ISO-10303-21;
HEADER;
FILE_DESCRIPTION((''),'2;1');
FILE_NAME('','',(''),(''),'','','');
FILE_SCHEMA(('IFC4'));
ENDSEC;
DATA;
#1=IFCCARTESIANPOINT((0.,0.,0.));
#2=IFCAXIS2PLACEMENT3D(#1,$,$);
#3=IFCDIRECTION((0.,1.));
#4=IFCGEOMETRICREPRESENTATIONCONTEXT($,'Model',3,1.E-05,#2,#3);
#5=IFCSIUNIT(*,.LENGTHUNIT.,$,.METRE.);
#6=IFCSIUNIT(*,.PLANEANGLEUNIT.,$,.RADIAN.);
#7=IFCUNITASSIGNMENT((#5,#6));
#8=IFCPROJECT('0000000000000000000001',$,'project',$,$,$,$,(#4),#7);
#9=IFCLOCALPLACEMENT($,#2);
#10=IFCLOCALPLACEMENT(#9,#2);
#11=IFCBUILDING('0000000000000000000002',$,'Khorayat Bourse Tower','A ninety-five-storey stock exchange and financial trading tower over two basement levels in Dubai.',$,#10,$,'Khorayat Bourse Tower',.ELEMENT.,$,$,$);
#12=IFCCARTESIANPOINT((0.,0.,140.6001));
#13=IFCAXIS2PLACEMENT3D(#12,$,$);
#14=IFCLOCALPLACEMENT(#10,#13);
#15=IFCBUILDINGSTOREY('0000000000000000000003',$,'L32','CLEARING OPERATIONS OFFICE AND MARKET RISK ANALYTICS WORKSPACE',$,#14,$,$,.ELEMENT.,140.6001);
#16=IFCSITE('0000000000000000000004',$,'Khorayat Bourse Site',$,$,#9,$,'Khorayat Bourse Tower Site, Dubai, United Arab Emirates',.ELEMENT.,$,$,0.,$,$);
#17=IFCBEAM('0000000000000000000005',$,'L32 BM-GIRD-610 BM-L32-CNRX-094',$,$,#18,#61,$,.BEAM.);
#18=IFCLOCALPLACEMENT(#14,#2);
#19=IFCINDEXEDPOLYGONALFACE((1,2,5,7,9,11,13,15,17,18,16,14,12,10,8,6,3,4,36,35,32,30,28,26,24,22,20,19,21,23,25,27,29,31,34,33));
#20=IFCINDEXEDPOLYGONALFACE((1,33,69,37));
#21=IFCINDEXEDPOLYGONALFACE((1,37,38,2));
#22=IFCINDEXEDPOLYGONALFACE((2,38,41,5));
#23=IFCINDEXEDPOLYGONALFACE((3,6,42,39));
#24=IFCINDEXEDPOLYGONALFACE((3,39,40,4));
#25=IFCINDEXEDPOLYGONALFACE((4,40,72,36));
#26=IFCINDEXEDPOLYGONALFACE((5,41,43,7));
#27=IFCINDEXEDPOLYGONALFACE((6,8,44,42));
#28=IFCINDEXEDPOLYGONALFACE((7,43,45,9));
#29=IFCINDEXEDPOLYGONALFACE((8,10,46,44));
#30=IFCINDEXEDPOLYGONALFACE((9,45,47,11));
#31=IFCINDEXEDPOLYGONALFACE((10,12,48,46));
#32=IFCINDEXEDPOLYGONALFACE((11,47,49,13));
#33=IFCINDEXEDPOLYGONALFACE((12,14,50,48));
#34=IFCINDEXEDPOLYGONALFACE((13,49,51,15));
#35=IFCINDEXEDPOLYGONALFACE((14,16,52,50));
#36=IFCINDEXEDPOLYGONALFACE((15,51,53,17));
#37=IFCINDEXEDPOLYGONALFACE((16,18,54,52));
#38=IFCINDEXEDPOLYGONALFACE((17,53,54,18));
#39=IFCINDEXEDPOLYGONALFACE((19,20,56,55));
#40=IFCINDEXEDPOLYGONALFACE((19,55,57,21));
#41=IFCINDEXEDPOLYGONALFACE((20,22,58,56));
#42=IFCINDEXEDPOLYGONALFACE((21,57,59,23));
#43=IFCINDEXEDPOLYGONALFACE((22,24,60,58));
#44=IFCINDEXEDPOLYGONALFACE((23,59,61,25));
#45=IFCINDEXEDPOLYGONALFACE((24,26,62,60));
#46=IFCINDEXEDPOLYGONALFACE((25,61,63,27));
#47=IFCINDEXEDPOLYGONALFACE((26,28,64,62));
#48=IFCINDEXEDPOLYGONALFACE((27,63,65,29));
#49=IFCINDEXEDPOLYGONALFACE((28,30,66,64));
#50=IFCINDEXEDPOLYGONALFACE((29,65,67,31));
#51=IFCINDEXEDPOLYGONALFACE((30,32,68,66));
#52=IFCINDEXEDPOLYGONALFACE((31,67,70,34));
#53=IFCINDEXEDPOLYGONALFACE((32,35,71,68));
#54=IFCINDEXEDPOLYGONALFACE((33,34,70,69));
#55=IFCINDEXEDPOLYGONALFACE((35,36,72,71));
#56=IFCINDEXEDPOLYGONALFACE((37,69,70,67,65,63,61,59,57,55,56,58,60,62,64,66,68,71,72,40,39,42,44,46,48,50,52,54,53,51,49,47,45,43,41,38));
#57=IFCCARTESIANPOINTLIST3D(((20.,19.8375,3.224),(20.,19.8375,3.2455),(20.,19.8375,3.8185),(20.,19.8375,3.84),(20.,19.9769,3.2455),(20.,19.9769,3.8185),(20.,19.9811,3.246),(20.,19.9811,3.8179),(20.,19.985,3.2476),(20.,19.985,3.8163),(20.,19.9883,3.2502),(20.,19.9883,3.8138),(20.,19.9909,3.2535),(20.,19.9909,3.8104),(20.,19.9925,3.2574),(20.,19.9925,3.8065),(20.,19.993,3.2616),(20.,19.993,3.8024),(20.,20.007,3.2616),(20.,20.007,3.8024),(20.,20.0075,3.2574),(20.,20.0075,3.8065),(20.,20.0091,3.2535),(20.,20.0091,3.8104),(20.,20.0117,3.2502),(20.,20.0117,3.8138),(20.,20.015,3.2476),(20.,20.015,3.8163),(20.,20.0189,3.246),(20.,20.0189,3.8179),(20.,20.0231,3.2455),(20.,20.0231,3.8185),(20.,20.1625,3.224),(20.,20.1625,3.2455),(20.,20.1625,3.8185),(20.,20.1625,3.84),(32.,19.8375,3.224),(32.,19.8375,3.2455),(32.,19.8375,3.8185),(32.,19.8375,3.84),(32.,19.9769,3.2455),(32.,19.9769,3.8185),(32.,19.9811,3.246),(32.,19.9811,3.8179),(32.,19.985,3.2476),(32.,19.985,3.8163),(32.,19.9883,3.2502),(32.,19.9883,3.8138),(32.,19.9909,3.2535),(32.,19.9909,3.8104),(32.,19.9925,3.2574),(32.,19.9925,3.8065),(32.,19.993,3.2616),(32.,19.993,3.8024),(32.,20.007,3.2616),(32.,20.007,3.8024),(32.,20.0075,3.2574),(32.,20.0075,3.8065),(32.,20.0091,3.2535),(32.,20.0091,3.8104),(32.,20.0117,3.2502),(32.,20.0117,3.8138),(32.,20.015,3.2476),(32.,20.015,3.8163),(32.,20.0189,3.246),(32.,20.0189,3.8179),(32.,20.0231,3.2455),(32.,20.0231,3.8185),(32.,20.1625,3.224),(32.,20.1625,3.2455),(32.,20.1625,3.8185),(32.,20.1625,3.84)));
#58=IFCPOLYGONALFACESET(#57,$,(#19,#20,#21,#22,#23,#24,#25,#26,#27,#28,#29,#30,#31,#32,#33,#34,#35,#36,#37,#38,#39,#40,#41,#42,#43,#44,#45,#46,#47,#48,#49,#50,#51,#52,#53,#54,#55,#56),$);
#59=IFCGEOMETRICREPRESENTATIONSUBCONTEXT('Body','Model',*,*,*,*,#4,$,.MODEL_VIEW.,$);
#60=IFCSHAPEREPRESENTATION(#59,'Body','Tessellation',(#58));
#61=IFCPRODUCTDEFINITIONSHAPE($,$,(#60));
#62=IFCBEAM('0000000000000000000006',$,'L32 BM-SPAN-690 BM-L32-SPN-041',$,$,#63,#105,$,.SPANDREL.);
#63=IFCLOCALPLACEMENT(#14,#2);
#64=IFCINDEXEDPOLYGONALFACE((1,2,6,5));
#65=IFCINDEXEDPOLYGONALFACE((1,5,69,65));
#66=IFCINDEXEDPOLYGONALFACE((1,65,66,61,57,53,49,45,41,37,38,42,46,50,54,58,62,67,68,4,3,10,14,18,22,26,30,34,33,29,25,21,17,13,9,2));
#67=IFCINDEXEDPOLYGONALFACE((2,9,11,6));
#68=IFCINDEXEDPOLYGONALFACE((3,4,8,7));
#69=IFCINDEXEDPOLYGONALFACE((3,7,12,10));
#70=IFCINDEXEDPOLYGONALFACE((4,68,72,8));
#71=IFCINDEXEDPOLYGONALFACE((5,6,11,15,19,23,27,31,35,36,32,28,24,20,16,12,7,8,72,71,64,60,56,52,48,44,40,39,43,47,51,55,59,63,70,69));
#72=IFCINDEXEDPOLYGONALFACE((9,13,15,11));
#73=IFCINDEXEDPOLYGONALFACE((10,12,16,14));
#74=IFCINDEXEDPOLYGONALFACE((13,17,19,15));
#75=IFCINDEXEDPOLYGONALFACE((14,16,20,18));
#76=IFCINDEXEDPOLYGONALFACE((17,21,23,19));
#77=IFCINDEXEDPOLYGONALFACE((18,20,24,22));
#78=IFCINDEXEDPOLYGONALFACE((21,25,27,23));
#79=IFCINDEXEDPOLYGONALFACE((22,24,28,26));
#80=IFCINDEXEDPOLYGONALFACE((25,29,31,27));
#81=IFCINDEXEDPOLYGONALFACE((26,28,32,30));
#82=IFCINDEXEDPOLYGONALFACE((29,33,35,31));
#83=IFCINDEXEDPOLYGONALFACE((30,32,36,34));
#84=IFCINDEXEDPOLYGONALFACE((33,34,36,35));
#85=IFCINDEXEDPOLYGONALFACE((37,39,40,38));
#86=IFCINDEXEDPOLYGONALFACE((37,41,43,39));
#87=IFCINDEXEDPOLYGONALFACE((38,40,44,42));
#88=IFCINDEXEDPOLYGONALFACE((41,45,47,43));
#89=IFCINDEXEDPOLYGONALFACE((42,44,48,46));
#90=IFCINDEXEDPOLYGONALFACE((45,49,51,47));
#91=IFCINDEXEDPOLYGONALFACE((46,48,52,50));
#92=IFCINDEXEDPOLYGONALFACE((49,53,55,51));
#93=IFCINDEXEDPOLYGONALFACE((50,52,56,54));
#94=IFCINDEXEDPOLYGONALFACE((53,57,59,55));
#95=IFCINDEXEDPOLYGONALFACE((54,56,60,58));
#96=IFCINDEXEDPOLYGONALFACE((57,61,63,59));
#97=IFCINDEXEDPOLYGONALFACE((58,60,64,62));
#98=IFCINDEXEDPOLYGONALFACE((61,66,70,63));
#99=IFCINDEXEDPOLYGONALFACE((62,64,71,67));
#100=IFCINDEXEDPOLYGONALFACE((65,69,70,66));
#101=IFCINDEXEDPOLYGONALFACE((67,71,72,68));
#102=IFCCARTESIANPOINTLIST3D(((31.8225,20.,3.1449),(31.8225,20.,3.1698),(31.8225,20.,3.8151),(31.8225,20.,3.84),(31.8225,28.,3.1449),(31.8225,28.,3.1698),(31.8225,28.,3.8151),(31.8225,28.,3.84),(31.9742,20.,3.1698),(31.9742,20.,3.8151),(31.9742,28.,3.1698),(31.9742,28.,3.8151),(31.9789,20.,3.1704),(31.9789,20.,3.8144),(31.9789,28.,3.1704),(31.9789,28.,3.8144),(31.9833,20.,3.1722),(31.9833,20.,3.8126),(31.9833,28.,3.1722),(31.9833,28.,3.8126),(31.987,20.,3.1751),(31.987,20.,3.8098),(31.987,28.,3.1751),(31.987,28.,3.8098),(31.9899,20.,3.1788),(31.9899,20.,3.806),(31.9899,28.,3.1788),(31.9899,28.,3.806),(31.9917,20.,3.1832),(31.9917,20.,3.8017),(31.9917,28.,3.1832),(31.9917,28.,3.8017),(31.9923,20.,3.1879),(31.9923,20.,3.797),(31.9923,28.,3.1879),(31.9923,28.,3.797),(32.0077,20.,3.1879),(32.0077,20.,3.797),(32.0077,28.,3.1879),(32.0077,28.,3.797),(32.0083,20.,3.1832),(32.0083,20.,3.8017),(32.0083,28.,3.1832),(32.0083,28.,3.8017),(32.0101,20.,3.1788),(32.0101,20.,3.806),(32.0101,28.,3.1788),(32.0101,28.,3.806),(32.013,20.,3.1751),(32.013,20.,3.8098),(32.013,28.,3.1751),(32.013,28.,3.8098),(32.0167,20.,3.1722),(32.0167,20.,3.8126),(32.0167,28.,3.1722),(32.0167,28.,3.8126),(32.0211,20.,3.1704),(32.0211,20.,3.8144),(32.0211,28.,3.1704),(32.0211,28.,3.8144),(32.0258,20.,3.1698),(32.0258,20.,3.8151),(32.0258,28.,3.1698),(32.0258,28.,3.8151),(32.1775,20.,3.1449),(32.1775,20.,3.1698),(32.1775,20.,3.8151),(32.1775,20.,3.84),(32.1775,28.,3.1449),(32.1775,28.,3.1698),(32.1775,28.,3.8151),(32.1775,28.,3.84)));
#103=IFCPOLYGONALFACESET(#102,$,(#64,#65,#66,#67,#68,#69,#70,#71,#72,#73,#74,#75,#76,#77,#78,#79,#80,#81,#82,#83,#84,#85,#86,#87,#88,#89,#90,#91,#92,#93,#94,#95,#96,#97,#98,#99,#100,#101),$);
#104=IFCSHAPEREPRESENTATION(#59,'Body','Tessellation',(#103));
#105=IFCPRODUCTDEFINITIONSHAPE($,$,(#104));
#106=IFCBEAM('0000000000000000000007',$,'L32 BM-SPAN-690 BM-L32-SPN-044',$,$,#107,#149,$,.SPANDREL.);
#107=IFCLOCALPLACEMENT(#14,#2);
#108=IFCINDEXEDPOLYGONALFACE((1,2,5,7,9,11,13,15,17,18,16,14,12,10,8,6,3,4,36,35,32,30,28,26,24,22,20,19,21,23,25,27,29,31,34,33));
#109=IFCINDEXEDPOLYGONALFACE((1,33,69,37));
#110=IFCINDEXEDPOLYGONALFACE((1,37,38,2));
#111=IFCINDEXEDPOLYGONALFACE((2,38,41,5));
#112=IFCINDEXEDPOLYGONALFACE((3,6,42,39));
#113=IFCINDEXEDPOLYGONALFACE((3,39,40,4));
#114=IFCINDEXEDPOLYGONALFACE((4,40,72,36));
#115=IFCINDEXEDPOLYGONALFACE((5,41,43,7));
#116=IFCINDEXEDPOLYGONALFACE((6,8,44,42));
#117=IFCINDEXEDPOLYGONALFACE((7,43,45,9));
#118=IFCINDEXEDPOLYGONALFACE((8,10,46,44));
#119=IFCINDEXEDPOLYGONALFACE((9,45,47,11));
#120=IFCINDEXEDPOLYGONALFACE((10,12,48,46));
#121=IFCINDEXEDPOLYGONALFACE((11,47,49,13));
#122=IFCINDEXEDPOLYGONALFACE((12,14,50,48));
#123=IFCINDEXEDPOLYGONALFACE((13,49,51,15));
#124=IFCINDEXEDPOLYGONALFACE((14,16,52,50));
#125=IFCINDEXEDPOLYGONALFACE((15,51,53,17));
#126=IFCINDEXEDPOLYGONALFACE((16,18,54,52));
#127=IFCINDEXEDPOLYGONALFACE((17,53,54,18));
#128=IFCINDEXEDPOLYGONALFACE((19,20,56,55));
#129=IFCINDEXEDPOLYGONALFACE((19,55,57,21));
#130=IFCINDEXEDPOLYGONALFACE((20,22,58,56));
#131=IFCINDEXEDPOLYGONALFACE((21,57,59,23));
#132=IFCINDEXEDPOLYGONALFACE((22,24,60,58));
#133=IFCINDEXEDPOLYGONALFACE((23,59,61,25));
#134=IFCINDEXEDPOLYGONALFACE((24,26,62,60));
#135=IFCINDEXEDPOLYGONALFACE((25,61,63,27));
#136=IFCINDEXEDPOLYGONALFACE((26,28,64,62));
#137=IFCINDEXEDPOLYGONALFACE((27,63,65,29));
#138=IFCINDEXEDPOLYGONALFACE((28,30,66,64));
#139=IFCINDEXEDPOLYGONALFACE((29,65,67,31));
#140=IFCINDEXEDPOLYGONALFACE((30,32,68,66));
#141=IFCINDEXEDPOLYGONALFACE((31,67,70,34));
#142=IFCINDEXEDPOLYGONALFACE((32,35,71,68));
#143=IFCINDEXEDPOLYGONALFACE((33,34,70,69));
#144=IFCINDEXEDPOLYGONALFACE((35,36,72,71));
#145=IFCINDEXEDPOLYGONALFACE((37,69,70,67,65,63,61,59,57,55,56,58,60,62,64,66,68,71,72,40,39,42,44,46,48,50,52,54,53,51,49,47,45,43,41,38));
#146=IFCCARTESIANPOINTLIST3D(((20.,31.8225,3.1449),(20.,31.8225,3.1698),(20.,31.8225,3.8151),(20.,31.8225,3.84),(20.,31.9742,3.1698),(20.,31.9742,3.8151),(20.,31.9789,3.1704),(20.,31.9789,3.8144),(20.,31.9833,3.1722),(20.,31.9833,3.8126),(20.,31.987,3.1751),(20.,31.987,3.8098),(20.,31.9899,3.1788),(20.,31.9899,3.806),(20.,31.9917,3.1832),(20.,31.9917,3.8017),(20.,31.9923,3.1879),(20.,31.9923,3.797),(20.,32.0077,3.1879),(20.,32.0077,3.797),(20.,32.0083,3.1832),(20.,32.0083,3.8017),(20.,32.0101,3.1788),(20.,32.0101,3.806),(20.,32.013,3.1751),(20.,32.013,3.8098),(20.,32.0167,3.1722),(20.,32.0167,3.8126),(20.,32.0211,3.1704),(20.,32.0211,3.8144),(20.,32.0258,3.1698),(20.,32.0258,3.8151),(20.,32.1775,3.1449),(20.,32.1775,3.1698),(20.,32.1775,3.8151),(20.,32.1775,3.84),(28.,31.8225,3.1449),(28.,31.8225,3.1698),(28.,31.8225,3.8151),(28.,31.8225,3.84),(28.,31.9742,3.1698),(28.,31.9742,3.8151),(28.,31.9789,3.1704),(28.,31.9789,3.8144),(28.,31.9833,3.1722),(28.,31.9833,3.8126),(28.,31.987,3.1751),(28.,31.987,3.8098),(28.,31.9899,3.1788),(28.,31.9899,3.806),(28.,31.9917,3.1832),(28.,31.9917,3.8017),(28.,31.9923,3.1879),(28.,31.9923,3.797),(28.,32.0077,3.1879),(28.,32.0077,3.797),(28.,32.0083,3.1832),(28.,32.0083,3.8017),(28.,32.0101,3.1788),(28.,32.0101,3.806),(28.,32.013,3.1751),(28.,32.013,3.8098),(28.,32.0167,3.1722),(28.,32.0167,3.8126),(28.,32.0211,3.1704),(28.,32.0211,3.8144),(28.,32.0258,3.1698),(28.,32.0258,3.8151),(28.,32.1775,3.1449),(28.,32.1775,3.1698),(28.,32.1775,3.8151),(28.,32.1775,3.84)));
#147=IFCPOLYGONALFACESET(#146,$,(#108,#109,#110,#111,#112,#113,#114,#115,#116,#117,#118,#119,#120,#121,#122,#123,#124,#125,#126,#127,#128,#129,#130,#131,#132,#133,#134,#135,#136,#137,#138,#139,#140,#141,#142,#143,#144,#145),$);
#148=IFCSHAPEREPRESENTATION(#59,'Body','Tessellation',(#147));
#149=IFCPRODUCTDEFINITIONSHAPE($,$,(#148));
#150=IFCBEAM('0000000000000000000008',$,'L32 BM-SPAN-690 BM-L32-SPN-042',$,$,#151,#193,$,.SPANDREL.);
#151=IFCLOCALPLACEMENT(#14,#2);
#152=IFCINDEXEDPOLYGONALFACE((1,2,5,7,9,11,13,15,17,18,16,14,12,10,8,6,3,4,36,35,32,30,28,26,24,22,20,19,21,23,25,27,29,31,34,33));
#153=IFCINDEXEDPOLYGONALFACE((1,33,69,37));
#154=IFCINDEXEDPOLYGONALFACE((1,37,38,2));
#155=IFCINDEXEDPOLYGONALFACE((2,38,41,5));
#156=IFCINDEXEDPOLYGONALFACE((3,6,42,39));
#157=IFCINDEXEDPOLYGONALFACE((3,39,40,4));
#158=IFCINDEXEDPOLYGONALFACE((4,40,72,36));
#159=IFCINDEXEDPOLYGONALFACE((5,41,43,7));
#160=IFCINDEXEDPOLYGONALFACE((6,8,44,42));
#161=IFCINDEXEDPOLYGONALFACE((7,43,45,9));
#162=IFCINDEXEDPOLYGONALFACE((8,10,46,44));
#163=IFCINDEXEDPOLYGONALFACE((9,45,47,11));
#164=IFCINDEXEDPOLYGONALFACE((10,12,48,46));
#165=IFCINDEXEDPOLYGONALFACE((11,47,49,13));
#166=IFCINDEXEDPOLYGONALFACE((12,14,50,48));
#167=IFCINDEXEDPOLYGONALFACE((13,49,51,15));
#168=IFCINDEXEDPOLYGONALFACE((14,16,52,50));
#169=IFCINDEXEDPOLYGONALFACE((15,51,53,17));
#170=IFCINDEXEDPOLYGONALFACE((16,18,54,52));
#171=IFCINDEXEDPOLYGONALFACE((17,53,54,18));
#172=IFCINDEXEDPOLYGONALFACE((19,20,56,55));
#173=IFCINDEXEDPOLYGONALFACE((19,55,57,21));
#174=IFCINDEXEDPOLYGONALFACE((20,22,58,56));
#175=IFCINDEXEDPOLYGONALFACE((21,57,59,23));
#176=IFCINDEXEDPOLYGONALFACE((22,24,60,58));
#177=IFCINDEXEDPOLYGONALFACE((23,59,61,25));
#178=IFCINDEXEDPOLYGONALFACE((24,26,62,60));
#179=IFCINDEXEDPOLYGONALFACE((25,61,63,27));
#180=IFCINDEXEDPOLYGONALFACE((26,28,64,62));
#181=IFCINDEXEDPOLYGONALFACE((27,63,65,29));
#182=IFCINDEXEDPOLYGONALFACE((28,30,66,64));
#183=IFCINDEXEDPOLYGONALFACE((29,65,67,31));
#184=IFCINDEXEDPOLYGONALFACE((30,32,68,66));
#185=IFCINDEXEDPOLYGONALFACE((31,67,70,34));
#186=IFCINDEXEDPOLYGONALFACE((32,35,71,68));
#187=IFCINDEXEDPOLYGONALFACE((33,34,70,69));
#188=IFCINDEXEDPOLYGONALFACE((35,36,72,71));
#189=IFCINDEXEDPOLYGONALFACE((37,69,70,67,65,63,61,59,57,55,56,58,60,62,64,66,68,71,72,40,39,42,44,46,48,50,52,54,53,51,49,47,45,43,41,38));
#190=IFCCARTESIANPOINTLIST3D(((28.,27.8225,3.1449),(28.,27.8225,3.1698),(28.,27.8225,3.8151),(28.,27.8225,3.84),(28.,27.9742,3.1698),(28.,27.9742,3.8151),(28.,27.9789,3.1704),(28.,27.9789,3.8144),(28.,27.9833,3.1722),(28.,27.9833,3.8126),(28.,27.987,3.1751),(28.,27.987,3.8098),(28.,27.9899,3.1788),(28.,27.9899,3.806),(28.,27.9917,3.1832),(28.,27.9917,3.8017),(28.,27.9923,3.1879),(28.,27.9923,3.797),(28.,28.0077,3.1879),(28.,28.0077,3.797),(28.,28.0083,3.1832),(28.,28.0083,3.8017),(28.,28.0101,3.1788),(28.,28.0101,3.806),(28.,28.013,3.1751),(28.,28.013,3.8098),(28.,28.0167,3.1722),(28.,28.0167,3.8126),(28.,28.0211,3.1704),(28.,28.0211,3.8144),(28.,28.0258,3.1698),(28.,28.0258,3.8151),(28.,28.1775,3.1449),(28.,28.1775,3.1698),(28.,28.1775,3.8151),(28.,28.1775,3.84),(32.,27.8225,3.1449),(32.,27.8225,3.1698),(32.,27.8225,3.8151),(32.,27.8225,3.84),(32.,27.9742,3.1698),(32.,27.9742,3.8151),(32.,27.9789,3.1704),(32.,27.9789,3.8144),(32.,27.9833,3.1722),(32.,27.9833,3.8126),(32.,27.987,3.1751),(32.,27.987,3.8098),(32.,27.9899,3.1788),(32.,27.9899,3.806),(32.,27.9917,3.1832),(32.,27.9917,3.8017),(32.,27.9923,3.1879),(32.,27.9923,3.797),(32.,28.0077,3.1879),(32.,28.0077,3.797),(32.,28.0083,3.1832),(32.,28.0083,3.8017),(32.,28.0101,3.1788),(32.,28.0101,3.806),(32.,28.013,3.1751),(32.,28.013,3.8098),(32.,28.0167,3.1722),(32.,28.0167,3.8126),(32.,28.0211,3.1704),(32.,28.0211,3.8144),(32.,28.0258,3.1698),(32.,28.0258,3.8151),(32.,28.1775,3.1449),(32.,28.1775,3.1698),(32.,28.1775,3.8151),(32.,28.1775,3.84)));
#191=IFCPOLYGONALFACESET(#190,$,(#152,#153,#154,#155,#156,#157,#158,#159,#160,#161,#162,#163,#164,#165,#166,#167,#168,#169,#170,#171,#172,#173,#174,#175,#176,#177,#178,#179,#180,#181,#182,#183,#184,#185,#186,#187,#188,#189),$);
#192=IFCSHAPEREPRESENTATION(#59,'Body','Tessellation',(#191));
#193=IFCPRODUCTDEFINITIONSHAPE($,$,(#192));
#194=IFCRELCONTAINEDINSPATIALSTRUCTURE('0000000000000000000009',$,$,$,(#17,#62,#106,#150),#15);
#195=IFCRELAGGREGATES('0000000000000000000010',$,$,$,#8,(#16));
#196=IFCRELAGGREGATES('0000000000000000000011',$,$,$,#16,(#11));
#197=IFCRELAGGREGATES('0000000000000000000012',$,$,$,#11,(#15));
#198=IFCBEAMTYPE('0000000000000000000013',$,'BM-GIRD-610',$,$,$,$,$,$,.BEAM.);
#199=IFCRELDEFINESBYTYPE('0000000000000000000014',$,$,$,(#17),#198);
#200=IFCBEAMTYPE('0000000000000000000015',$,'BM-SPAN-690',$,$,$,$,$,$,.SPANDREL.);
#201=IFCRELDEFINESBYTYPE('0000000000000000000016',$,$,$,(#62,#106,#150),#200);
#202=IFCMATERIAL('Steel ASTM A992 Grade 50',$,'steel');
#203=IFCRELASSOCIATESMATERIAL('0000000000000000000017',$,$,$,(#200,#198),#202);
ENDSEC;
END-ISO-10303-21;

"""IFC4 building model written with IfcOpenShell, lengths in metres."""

from ifc_helpers import new_model, si_unit, direction, frame, origin, origin_2d, place, context, subcontext, project, spatial, i_section, extrude, source, transform, mapped, material, material_profile, profile_set, type_object, element, save


model = new_model("IFC4")

# Units and contexts
model_context = context("Model", 3, precision=1e-05, world=origin(), true_north=direction((0.0, 1.0)))
body_context = subcontext(model_context, "Body", "Model", "MODEL_VIEW")
ifc_project = project(units=[si_unit("LENGTHUNIT", "METRE"), si_unit("PLANEANGLEUNIT", "RADIAN")], contexts=[model_context])

# Site, building, storey
site_placement = place(None, origin())
site = spatial("IfcSite", under=ifc_project, at=site_placement, Name="Khorayat Bourse Site", LongName="Khorayat Bourse Tower Site, Dubai, United Arab Emirates", CompositionType="ELEMENT", RefElevation=0.0)
building_placement = place(site_placement, origin())
building = spatial("IfcBuilding", under=site, at=building_placement, Name="Khorayat Bourse Tower", Description="A ninety-five-storey stock exchange and financial trading tower over two basement levels in Dubai.", LongName="Khorayat Bourse Tower", CompositionType="ELEMENT")
storey_placement = place(building_placement, frame((0.0, 0.0, 140.6001)))
storey = spatial("IfcBuildingStorey", under=building, at=storey_placement, Name="L32", Description="CLEARING OPERATIONS OFFICE AND MARKET RISK ANALYTICS WORKSPACE", CompositionType="ELEMENT", Elevation=140.6001)

# Beams
ifc_material_1 = material(Name="Steel ASTM A992 Grade 50", Category="steel")
ifc_material_profile_1 = material_profile(ifc_material_1, i_section(OverallWidth=0.355, OverallDepth=0.6951, WebThickness=0.0154, FlangeThickness=0.0249, FilletRadius=0.0181, at=origin_2d()), Name="W690X217")
ifc_profile_set_1 = profile_set([ifc_material_profile_1], Name="Steel ASTM A992 Grade 50")
beam_type_1 = type_object("IfcBeamType", Name="BM-SPAN-690", PredefinedType="SPANDREL", material=ifc_profile_set_1)
ifc_material_profile_2 = material_profile(ifc_material_1, i_section(OverallWidth=0.325, OverallDepth=0.616, WebThickness=0.0139, FlangeThickness=0.0215, FilletRadius=0.0161, at=origin_2d()), Name="W610X174")
ifc_profile_set_2 = profile_set([ifc_material_profile_2], Name="Steel ASTM A992 Grade 50")
beam_type_2 = type_object("IfcBeamType", Name="BM-GIRD-610", PredefinedType="BEAM", material=ifc_profile_set_2)
shared_shape_1 = source(origin(), body_context, "Body", "SweptSolid", [
    extrude(i_section(OverallWidth=0.325, OverallDepth=0.616, WebThickness=0.0139, FlangeThickness=0.0215, FilletRadius=0.0161, at=origin_2d()), origin(), (0.0, 0.0, 1.0), 12.0),
])
beam_1_placement = place(storey_placement, frame((20.0, 20.0, 3.532), z_axis=(1.0, 0.0, 0.0), x_axis=(0.0, 1.0, 0.0)))
element("IfcBeam", 1, at=beam_1_placement, inside=storey, type_object=beam_type_2, Name="L32 BM-GIRD-610 BM-L32-CNRX-094", PredefinedType="BEAM", context=body_context, shape_type="MappedRepresentation", body=[
    mapped(shared_shape_1, transform((0.0, 0.0, 0.0), scale=1.0)),
])
shared_shape_2 = source(origin(), body_context, "Body", "SweptSolid", [
    extrude(i_section(OverallWidth=0.355, OverallDepth=0.6951, WebThickness=0.0154, FlangeThickness=0.0249, FilletRadius=0.0181, at=origin_2d()), origin(), (0.0, 0.0, 1.0), 8.0),
])
for number, where, z_axis, x_axis, name in (
    (2, (32.0, 20.0, 3.4924), (0.0, 1.0, 0.0), (-1.0, 0.0, 0.0), "L32 BM-SPAN-690 BM-L32-SPN-041"),
    (3, (20.0, 32.0, 3.4924), (1.0, 0.0, 0.0), (0.0, 1.0, 0.0), "L32 BM-SPAN-690 BM-L32-SPN-044"),
):
    element("IfcBeam", number, at=place(storey_placement, frame(where, z_axis=z_axis, x_axis=x_axis)), inside=storey, type_object=beam_type_1, Name=name, PredefinedType="SPANDREL", context=body_context, shape_type="MappedRepresentation", body=[
        mapped(shared_shape_2, transform((0.0, 0.0, 0.0), scale=1.0)),
    ])
shared_shape_3 = source(origin(), body_context, "Body", "SweptSolid", [
    extrude(i_section(OverallWidth=0.355, OverallDepth=0.6951, WebThickness=0.0154, FlangeThickness=0.0249, FilletRadius=0.0181, at=origin_2d()), origin(), (0.0, 0.0, 1.0), 4.0),
])
for number, where, z_axis, x_axis, name in (
    (4, (28.0, 28.0, 3.4924), (1.0, 0.0, 0.0), (0.0, 1.0, 0.0), "L32 BM-SPAN-690 BM-L32-SPN-042"),
):
    element("IfcBeam", number, at=place(storey_placement, frame(where, z_axis=z_axis, x_axis=x_axis)), inside=storey, type_object=beam_type_1, Name=name, PredefinedType="SPANDREL", context=body_context, shape_type="MappedRepresentation", body=[
        mapped(shared_shape_3, transform((0.0, 0.0, 0.0), scale=1.0)),
    ])

save(model, "model.ifc")
